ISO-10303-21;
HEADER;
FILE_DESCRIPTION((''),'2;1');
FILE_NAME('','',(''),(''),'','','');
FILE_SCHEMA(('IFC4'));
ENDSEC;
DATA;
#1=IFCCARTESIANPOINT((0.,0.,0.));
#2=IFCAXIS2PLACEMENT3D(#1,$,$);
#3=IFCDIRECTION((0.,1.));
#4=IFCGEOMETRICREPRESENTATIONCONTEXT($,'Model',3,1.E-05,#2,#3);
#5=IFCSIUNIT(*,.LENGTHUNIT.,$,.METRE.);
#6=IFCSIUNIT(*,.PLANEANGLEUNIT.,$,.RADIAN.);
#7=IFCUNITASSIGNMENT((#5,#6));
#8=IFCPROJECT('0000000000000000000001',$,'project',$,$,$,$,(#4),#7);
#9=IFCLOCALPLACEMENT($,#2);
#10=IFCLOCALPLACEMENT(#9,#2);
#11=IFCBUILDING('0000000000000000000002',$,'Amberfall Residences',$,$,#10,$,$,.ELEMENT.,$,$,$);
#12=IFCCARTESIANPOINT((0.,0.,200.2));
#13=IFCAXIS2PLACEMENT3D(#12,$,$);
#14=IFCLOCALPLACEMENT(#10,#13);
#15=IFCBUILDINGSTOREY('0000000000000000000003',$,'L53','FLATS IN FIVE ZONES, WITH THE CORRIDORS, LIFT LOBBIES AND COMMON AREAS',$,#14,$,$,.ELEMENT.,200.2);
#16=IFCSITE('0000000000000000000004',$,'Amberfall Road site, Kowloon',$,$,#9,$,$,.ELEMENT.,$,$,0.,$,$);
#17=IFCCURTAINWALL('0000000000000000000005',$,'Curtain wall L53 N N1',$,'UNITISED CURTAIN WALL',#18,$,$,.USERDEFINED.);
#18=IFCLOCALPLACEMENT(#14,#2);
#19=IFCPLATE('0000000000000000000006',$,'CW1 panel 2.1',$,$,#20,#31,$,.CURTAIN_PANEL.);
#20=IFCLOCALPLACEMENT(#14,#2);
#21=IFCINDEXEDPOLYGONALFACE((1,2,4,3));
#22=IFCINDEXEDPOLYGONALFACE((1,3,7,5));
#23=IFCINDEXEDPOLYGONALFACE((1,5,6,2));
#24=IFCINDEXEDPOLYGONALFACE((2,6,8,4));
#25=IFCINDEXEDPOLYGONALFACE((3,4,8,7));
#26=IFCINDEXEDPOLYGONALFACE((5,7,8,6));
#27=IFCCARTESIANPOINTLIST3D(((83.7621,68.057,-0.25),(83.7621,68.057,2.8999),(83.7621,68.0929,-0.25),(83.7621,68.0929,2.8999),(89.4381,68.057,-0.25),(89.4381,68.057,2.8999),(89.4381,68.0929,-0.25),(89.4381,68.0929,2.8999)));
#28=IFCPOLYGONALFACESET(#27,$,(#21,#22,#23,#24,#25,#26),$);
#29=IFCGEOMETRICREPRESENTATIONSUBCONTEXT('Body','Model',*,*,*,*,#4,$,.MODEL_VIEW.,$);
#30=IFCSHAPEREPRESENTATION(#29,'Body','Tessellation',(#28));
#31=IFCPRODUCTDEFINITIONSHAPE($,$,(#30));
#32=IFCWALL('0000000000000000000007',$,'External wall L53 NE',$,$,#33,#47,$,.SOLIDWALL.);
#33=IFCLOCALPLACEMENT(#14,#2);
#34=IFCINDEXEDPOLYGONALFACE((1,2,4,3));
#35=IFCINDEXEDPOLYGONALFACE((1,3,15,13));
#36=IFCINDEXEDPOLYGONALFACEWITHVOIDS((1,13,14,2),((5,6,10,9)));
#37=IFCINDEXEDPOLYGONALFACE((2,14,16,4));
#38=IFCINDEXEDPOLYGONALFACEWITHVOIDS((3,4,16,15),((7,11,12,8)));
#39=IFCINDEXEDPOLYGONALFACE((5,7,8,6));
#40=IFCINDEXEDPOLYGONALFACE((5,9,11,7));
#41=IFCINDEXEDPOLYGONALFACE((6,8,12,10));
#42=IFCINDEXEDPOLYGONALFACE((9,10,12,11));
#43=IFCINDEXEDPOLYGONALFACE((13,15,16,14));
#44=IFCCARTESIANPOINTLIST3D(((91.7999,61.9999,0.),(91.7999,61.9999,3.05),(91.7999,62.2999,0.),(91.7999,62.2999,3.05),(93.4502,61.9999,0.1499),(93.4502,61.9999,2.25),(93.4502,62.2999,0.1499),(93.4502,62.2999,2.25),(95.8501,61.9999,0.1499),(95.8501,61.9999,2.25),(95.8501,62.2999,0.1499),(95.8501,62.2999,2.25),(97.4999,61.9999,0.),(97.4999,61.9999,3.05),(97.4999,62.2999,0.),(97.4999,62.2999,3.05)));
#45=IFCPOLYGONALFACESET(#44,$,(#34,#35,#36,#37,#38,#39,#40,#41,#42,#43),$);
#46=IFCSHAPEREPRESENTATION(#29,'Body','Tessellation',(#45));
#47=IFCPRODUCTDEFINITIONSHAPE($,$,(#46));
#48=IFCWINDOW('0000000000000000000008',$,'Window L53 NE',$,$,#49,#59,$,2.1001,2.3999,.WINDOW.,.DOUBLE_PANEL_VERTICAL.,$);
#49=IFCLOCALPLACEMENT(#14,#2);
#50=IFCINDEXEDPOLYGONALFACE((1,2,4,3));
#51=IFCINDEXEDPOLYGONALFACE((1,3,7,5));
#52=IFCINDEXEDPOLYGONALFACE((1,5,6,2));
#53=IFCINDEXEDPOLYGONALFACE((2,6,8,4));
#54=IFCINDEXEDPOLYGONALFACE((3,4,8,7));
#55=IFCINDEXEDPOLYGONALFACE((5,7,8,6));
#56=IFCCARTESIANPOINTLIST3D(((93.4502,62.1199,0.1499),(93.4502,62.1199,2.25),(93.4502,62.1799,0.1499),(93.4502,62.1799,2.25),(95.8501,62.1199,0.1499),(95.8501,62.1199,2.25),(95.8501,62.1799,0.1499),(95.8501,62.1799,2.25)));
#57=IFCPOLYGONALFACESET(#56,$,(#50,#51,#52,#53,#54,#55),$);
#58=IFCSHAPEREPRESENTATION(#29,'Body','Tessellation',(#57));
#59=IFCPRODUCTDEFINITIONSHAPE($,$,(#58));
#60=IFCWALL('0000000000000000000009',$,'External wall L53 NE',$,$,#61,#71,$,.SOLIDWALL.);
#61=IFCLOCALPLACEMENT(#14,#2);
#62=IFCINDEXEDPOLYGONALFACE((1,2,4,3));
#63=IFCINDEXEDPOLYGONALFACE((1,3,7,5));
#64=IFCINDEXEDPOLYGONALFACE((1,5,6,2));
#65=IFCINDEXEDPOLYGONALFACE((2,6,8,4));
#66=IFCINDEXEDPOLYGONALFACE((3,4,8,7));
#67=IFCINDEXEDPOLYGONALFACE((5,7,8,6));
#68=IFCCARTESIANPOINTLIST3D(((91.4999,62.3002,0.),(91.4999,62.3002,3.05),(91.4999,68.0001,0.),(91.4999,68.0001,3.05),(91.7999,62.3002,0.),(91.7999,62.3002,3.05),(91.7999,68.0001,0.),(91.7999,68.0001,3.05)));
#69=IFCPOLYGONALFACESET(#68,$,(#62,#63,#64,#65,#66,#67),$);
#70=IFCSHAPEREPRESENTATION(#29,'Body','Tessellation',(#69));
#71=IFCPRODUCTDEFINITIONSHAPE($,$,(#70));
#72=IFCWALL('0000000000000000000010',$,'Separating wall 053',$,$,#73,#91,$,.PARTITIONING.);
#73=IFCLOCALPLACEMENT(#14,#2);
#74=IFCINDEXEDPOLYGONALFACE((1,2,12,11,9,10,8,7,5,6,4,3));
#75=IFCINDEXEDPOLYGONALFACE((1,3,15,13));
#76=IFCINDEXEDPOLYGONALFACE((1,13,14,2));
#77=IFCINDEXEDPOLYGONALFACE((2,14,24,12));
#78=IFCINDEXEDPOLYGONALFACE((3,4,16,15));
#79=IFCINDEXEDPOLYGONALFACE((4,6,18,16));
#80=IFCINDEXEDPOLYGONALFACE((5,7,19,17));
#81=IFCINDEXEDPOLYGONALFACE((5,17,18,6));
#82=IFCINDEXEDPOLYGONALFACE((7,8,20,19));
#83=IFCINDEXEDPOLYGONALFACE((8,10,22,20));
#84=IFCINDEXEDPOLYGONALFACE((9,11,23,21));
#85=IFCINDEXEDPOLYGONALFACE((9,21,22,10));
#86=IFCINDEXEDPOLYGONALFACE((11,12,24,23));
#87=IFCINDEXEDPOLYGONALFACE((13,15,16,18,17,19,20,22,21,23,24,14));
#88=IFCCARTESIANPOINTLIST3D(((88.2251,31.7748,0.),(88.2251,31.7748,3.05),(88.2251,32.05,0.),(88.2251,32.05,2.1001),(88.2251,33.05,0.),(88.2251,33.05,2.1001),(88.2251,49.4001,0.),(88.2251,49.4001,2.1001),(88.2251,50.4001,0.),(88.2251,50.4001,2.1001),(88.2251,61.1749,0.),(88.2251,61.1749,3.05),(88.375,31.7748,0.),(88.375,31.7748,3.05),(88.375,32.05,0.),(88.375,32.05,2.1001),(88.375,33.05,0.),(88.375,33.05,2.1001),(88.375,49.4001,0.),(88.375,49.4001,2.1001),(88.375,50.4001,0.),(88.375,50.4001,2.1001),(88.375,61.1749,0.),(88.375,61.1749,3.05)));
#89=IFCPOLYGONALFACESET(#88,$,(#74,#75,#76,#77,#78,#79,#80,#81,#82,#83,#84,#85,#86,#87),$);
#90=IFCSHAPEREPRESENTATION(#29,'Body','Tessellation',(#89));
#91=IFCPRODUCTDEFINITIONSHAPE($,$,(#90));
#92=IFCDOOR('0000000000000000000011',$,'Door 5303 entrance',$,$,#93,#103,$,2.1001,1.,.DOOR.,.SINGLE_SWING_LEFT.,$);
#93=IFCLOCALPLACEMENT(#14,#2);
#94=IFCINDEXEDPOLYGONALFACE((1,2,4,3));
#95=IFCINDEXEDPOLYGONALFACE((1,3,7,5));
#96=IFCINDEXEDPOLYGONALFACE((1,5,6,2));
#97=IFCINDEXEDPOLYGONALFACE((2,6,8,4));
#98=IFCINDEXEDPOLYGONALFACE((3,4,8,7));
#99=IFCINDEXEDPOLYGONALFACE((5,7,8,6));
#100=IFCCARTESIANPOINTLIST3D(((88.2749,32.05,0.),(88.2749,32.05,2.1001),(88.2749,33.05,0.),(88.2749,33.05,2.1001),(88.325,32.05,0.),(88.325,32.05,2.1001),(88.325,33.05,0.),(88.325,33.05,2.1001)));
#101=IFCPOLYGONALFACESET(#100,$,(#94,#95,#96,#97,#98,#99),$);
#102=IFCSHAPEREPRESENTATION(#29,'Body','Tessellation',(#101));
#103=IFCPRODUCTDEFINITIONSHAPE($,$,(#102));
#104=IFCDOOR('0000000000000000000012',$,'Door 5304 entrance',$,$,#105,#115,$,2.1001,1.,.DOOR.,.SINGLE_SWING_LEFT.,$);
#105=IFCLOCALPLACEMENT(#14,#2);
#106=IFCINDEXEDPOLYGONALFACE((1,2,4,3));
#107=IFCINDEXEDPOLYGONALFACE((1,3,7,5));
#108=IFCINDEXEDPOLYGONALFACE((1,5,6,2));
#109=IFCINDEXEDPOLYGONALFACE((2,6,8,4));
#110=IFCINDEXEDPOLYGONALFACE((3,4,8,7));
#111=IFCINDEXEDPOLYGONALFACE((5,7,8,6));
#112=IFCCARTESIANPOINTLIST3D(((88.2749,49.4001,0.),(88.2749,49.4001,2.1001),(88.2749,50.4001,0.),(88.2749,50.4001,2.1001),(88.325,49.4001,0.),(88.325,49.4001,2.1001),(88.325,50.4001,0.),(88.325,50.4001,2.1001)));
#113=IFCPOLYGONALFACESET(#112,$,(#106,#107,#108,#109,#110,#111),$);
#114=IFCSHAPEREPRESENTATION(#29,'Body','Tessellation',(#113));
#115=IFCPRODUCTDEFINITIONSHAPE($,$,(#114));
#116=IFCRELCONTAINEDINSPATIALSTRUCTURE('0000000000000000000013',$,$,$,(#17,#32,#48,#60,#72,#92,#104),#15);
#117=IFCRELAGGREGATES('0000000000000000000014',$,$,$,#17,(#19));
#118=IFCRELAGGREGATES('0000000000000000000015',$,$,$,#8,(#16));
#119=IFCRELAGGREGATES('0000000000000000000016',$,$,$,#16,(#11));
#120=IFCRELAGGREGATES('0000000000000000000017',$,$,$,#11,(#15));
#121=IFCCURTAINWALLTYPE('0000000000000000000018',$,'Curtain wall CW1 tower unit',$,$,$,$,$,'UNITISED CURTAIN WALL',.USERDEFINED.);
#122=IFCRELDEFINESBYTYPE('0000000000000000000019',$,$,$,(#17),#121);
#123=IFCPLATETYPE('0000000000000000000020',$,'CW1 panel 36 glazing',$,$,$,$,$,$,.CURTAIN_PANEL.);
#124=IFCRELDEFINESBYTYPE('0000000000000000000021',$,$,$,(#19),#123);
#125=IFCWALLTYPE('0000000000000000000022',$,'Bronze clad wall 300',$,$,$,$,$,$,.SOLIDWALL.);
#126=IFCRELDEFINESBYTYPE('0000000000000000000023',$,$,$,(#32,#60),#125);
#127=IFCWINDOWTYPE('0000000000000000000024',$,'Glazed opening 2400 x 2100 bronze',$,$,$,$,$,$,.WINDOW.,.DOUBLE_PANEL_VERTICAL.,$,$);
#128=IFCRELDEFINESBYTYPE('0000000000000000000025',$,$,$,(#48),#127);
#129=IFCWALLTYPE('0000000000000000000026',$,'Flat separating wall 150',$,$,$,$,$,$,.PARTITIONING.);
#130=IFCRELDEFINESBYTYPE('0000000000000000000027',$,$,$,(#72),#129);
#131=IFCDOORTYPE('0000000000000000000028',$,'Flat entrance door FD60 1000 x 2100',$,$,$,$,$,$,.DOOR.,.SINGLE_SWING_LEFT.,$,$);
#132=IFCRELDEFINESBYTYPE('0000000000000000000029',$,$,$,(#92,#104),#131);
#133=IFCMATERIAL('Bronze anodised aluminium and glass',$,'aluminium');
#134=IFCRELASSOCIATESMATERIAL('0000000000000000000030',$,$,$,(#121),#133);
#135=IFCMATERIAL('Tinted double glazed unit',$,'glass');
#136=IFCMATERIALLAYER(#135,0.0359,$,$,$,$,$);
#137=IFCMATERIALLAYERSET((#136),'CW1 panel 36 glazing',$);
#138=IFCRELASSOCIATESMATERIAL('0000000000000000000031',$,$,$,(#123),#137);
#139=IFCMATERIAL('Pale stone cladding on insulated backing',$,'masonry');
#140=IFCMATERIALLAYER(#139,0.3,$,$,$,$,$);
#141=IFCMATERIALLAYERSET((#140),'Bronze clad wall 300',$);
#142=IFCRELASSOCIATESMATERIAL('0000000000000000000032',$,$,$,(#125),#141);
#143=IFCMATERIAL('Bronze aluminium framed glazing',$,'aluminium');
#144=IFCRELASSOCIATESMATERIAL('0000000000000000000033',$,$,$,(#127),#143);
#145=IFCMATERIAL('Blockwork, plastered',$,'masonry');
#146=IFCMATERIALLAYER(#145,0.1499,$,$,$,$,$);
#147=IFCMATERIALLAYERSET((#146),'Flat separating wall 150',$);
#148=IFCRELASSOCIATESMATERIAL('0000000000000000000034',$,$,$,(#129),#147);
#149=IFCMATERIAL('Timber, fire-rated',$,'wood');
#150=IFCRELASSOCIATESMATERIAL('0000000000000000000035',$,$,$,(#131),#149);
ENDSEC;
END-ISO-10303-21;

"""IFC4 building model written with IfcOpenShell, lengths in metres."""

from ifc_helpers import new_model, si_unit, direction, frame, frame_2d, origin, origin_2d, place, context, subcontext, project, spatial, rectangle, extrude, material, layer, layer_set, type_object, element, fill, aggregate, save


model = new_model("IFC4")

# Units and contexts
model_context = context("Model", 3, precision=1e-05, world=origin(), true_north=direction((0.0, 1.0)))
body_context = subcontext(model_context, "Body", "Model", "MODEL_VIEW")
ifc_project = project(units=[si_unit("LENGTHUNIT", "METRE"), si_unit("PLANEANGLEUNIT", "RADIAN")], contexts=[model_context])

# Site, building, storey
site_placement = place(None, origin())
site = spatial("IfcSite", under=ifc_project, at=site_placement, Name="Amberfall Road site, Kowloon", CompositionType="ELEMENT", RefElevation=0.0)
building_placement = place(site_placement, origin())
building = spatial("IfcBuilding", under=site, at=building_placement, Name="Amberfall Residences", CompositionType="ELEMENT")
storey_placement = place(building_placement, frame((0.0, 0.0, 200.2)))
storey = spatial("IfcBuildingStorey", under=building, at=storey_placement, Name="L53", Description="FLATS IN FIVE ZONES, WITH THE CORRIDORS, LIFT LOBBIES AND COMMON AREAS", CompositionType="ELEMENT", Elevation=200.2)

# Shared definitions
ifc_material_1 = material(Name="Bronze anodised aluminium and glass", Category="aluminium")
curtain_wall_type = type_object("IfcCurtainWallType", Name="Curtain wall CW1 tower unit", ElementType="UNITISED CURTAIN WALL", PredefinedType="USERDEFINED", material=ifc_material_1)

# Curtain wall
curtain_wall_1_placement = place(storey_placement, origin())
curtain_wall_1 = element("IfcCurtainWall", 1, at=curtain_wall_1_placement, inside=storey, type_object=curtain_wall_type, Name="Curtain wall L53 N N1", ObjectType="UNITISED CURTAIN WALL", PredefinedType="USERDEFINED")

# Plate
ifc_material_2 = material(Name="Tinted double glazed unit", Category="glass")
ifc_layer_1 = layer(ifc_material_2, 0.0359)
ifc_layer_set_1 = layer_set([ifc_layer_1], Name="CW1 panel 36 glazing")
plate_type = type_object("IfcPlateType", Name="CW1 panel 36 glazing", PredefinedType="CURTAIN_PANEL", material=ifc_layer_set_1)
plate_1_placement = place(storey_placement, frame((86.6001, 68.075, -0.25), z_axis=(0.0, 0.0, 1.0), x_axis=(-1.0, 0.0, 0.0)))
plate_1 = element("IfcPlate", 2, at=plate_1_placement, type_object=plate_type, Name="CW1 panel 2.1", PredefinedType="CURTAIN_PANEL", context=body_context, shape_type="SweptSolid", body=[
    extrude(rectangle(XDim=5.676, YDim=0.0359, at=origin_2d()), origin(), (0.0, 0.0, 1.0), 3.1499),
])
aggregate(curtain_wall_1, [plate_1])

# Wall, opening, window
ifc_material_3 = material(Name="Pale stone cladding on insulated backing", Category="masonry")
ifc_layer_2 = layer(ifc_material_3, 0.3)
ifc_layer_set_2 = layer_set([ifc_layer_2], Name="Bronze clad wall 300")
wall_type_1 = type_object("IfcWallType", Name="Bronze clad wall 300", PredefinedType="SOLIDWALL", material=ifc_layer_set_2)
wall_1_placement = place(storey_placement, frame((97.5, 62.1499, 0.0), z_axis=(0.0, 0.0, 1.0), x_axis=(-1.0, 0.0, 0.0)))
wall_1 = element("IfcWall", 3, at=wall_1_placement, inside=storey, type_object=wall_type_1, Name="External wall L53 NE", PredefinedType="SOLIDWALL", context=body_context, shape_type="SweptSolid", body=[
    extrude(rectangle(XDim=5.7, YDim=0.3, at=frame_2d((2.8501, 0.0))), origin(), (0.0, 0.0, 1.0), 3.05),
])
opening_1_placement = place(wall_1_placement, frame((1.6499, 0.0, 0.1499)))
opening_1 = element("IfcOpeningElement", 4, at=opening_1_placement, cuts=wall_1, PredefinedType="OPENING", context=body_context, shape_type="SweptSolid", body=[
    extrude(rectangle(XDim=2.3999, YDim=2.1001, at=frame_2d((1.2, 1.05))), frame((0.0, 0.1599, 0.0), z_axis=(0.0, -1.0, 0.0), x_axis=(1.0, 0.0, 0.0)), (0.0, 0.0, 1.0), 0.3201),
])
ifc_material_4 = material(Name="Bronze aluminium framed glazing", Category="aluminium")
window_type = type_object("IfcWindowType", Name="Glazed opening 2400 x 2100 bronze", PartitioningType="DOUBLE_PANEL_VERTICAL", PredefinedType="WINDOW", material=ifc_material_4)
window_placement = place(opening_1_placement, origin())
window = element("IfcWindow", 5, at=window_placement, inside=storey, type_object=window_type, Name="Window L53 NE", OverallHeight=2.1001, OverallWidth=2.3999, PartitioningType="DOUBLE_PANEL_VERTICAL", PredefinedType="WINDOW", context=body_context, shape_type="SweptSolid", body=[
    extrude(rectangle(XDim=2.3999, YDim=2.1001, at=frame_2d((1.2, 1.05))), frame((0.0, 0.03, 0.0), z_axis=(0.0, -1.0, 0.0), x_axis=(1.0, 0.0, 0.0)), (0.0, 0.0, 1.0), 0.0601),
])
fill(opening_1, window)

# Wall
wall_2_placement = place(storey_placement, frame((91.6499, 62.3, 0.0), z_axis=(0.0, 0.0, 1.0), x_axis=(0.0, 1.0, 0.0)))
element("IfcWall", 6, at=wall_2_placement, inside=storey, type_object=wall_type_1, Name="External wall L53 NE", PredefinedType="SOLIDWALL", context=body_context, shape_type="SweptSolid", body=[
    extrude(rectangle(XDim=5.7, YDim=0.3, at=frame_2d((2.8501, 0.0))), origin(), (0.0, 0.0, 1.0), 3.05),
])

# Wall, openings, doors
ifc_material_5 = material(Name="Blockwork, plastered", Category="masonry")
ifc_layer_3 = layer(ifc_material_5, 0.1499)
ifc_layer_set_3 = layer_set([ifc_layer_3], Name="Flat separating wall 150")
wall_type_2 = type_object("IfcWallType", Name="Flat separating wall 150", PredefinedType="PARTITIONING", material=ifc_layer_set_3)
wall_3_placement = place(storey_placement, frame((88.3, 61.175, 0.0), z_axis=(0.0, 0.0, 1.0), x_axis=(0.0, -1.0, 0.0)))
wall_3 = element("IfcWall", 7, at=wall_3_placement, inside=storey, type_object=wall_type_2, Name="Separating wall 053", PredefinedType="PARTITIONING", context=body_context, shape_type="SweptSolid", body=[
    extrude(rectangle(XDim=29.4001, YDim=0.1499, at=frame_2d((14.7002, 0.0))), origin(), (0.0, 0.0, 1.0), 3.05),
])
opening_2_placement = place(wall_3_placement, frame((28.125, 0.0, 0.0)))
opening_2 = element("IfcOpeningElement", 8, at=opening_2_placement, cuts=wall_3, PredefinedType="OPENING", context=body_context, shape_type="SweptSolid", body=[
    extrude(rectangle(XDim=1.0, YDim=2.1001, at=frame_2d((0.5, 1.05))), frame((0.0, 0.085, 0.0), z_axis=(0.0, -1.0, 0.0), x_axis=(1.0, 0.0, 0.0)), (0.0, 0.0, 1.0), 0.1699),
])
opening_3_placement = place(wall_3_placement, frame((10.7749, 0.0, 0.0)))
opening_3 = element("IfcOpeningElement", 9, at=opening_3_placement, cuts=wall_3, PredefinedType="OPENING", context=body_context, shape_type="SweptSolid", body=[
    extrude(rectangle(XDim=1.0, YDim=2.1001, at=frame_2d((0.5, 1.05))), frame((0.0, 0.085, 0.0), z_axis=(0.0, -1.0, 0.0), x_axis=(1.0, 0.0, 0.0)), (0.0, 0.0, 1.0), 0.1699),
])
ifc_material_6 = material(Name="Timber, fire-rated", Category="wood")
door_type = type_object("IfcDoorType", Name="Flat entrance door FD60 1000 x 2100", OperationType="SINGLE_SWING_LEFT", PredefinedType="DOOR", material=ifc_material_6)
door_1_placement = place(opening_2_placement, origin())
door_1 = element("IfcDoor", 10, at=door_1_placement, inside=storey, type_object=door_type, Name="Door 5303 entrance", OperationType="SINGLE_SWING_LEFT", OverallHeight=2.1001, OverallWidth=1.0, PredefinedType="DOOR", context=body_context, shape_type="SweptSolid", body=[
    extrude(rectangle(XDim=1.0, YDim=2.1001, at=frame_2d((0.5, 1.05))), frame((0.0, 0.0249, 0.0), z_axis=(0.0, -1.0, 0.0), x_axis=(1.0, 0.0, 0.0)), (0.0, 0.0, 1.0), 0.05),
])
fill(opening_2, door_1)
door_2_placement = place(opening_3_placement, origin())
door_2 = element("IfcDoor", 11, at=door_2_placement, inside=storey, type_object=door_type, Name="Door 5304 entrance", OperationType="SINGLE_SWING_LEFT", OverallHeight=2.1001, OverallWidth=1.0, PredefinedType="DOOR", context=body_context, shape_type="SweptSolid", body=[
    extrude(rectangle(XDim=1.0, YDim=2.1001, at=frame_2d((0.5, 1.05))), frame((0.0, 0.0249, 0.0), z_axis=(0.0, -1.0, 0.0), x_axis=(1.0, 0.0, 0.0)), (0.0, 0.0, 1.0), 0.05),
])
fill(opening_3, door_2)

save(model, "model.ifc")
